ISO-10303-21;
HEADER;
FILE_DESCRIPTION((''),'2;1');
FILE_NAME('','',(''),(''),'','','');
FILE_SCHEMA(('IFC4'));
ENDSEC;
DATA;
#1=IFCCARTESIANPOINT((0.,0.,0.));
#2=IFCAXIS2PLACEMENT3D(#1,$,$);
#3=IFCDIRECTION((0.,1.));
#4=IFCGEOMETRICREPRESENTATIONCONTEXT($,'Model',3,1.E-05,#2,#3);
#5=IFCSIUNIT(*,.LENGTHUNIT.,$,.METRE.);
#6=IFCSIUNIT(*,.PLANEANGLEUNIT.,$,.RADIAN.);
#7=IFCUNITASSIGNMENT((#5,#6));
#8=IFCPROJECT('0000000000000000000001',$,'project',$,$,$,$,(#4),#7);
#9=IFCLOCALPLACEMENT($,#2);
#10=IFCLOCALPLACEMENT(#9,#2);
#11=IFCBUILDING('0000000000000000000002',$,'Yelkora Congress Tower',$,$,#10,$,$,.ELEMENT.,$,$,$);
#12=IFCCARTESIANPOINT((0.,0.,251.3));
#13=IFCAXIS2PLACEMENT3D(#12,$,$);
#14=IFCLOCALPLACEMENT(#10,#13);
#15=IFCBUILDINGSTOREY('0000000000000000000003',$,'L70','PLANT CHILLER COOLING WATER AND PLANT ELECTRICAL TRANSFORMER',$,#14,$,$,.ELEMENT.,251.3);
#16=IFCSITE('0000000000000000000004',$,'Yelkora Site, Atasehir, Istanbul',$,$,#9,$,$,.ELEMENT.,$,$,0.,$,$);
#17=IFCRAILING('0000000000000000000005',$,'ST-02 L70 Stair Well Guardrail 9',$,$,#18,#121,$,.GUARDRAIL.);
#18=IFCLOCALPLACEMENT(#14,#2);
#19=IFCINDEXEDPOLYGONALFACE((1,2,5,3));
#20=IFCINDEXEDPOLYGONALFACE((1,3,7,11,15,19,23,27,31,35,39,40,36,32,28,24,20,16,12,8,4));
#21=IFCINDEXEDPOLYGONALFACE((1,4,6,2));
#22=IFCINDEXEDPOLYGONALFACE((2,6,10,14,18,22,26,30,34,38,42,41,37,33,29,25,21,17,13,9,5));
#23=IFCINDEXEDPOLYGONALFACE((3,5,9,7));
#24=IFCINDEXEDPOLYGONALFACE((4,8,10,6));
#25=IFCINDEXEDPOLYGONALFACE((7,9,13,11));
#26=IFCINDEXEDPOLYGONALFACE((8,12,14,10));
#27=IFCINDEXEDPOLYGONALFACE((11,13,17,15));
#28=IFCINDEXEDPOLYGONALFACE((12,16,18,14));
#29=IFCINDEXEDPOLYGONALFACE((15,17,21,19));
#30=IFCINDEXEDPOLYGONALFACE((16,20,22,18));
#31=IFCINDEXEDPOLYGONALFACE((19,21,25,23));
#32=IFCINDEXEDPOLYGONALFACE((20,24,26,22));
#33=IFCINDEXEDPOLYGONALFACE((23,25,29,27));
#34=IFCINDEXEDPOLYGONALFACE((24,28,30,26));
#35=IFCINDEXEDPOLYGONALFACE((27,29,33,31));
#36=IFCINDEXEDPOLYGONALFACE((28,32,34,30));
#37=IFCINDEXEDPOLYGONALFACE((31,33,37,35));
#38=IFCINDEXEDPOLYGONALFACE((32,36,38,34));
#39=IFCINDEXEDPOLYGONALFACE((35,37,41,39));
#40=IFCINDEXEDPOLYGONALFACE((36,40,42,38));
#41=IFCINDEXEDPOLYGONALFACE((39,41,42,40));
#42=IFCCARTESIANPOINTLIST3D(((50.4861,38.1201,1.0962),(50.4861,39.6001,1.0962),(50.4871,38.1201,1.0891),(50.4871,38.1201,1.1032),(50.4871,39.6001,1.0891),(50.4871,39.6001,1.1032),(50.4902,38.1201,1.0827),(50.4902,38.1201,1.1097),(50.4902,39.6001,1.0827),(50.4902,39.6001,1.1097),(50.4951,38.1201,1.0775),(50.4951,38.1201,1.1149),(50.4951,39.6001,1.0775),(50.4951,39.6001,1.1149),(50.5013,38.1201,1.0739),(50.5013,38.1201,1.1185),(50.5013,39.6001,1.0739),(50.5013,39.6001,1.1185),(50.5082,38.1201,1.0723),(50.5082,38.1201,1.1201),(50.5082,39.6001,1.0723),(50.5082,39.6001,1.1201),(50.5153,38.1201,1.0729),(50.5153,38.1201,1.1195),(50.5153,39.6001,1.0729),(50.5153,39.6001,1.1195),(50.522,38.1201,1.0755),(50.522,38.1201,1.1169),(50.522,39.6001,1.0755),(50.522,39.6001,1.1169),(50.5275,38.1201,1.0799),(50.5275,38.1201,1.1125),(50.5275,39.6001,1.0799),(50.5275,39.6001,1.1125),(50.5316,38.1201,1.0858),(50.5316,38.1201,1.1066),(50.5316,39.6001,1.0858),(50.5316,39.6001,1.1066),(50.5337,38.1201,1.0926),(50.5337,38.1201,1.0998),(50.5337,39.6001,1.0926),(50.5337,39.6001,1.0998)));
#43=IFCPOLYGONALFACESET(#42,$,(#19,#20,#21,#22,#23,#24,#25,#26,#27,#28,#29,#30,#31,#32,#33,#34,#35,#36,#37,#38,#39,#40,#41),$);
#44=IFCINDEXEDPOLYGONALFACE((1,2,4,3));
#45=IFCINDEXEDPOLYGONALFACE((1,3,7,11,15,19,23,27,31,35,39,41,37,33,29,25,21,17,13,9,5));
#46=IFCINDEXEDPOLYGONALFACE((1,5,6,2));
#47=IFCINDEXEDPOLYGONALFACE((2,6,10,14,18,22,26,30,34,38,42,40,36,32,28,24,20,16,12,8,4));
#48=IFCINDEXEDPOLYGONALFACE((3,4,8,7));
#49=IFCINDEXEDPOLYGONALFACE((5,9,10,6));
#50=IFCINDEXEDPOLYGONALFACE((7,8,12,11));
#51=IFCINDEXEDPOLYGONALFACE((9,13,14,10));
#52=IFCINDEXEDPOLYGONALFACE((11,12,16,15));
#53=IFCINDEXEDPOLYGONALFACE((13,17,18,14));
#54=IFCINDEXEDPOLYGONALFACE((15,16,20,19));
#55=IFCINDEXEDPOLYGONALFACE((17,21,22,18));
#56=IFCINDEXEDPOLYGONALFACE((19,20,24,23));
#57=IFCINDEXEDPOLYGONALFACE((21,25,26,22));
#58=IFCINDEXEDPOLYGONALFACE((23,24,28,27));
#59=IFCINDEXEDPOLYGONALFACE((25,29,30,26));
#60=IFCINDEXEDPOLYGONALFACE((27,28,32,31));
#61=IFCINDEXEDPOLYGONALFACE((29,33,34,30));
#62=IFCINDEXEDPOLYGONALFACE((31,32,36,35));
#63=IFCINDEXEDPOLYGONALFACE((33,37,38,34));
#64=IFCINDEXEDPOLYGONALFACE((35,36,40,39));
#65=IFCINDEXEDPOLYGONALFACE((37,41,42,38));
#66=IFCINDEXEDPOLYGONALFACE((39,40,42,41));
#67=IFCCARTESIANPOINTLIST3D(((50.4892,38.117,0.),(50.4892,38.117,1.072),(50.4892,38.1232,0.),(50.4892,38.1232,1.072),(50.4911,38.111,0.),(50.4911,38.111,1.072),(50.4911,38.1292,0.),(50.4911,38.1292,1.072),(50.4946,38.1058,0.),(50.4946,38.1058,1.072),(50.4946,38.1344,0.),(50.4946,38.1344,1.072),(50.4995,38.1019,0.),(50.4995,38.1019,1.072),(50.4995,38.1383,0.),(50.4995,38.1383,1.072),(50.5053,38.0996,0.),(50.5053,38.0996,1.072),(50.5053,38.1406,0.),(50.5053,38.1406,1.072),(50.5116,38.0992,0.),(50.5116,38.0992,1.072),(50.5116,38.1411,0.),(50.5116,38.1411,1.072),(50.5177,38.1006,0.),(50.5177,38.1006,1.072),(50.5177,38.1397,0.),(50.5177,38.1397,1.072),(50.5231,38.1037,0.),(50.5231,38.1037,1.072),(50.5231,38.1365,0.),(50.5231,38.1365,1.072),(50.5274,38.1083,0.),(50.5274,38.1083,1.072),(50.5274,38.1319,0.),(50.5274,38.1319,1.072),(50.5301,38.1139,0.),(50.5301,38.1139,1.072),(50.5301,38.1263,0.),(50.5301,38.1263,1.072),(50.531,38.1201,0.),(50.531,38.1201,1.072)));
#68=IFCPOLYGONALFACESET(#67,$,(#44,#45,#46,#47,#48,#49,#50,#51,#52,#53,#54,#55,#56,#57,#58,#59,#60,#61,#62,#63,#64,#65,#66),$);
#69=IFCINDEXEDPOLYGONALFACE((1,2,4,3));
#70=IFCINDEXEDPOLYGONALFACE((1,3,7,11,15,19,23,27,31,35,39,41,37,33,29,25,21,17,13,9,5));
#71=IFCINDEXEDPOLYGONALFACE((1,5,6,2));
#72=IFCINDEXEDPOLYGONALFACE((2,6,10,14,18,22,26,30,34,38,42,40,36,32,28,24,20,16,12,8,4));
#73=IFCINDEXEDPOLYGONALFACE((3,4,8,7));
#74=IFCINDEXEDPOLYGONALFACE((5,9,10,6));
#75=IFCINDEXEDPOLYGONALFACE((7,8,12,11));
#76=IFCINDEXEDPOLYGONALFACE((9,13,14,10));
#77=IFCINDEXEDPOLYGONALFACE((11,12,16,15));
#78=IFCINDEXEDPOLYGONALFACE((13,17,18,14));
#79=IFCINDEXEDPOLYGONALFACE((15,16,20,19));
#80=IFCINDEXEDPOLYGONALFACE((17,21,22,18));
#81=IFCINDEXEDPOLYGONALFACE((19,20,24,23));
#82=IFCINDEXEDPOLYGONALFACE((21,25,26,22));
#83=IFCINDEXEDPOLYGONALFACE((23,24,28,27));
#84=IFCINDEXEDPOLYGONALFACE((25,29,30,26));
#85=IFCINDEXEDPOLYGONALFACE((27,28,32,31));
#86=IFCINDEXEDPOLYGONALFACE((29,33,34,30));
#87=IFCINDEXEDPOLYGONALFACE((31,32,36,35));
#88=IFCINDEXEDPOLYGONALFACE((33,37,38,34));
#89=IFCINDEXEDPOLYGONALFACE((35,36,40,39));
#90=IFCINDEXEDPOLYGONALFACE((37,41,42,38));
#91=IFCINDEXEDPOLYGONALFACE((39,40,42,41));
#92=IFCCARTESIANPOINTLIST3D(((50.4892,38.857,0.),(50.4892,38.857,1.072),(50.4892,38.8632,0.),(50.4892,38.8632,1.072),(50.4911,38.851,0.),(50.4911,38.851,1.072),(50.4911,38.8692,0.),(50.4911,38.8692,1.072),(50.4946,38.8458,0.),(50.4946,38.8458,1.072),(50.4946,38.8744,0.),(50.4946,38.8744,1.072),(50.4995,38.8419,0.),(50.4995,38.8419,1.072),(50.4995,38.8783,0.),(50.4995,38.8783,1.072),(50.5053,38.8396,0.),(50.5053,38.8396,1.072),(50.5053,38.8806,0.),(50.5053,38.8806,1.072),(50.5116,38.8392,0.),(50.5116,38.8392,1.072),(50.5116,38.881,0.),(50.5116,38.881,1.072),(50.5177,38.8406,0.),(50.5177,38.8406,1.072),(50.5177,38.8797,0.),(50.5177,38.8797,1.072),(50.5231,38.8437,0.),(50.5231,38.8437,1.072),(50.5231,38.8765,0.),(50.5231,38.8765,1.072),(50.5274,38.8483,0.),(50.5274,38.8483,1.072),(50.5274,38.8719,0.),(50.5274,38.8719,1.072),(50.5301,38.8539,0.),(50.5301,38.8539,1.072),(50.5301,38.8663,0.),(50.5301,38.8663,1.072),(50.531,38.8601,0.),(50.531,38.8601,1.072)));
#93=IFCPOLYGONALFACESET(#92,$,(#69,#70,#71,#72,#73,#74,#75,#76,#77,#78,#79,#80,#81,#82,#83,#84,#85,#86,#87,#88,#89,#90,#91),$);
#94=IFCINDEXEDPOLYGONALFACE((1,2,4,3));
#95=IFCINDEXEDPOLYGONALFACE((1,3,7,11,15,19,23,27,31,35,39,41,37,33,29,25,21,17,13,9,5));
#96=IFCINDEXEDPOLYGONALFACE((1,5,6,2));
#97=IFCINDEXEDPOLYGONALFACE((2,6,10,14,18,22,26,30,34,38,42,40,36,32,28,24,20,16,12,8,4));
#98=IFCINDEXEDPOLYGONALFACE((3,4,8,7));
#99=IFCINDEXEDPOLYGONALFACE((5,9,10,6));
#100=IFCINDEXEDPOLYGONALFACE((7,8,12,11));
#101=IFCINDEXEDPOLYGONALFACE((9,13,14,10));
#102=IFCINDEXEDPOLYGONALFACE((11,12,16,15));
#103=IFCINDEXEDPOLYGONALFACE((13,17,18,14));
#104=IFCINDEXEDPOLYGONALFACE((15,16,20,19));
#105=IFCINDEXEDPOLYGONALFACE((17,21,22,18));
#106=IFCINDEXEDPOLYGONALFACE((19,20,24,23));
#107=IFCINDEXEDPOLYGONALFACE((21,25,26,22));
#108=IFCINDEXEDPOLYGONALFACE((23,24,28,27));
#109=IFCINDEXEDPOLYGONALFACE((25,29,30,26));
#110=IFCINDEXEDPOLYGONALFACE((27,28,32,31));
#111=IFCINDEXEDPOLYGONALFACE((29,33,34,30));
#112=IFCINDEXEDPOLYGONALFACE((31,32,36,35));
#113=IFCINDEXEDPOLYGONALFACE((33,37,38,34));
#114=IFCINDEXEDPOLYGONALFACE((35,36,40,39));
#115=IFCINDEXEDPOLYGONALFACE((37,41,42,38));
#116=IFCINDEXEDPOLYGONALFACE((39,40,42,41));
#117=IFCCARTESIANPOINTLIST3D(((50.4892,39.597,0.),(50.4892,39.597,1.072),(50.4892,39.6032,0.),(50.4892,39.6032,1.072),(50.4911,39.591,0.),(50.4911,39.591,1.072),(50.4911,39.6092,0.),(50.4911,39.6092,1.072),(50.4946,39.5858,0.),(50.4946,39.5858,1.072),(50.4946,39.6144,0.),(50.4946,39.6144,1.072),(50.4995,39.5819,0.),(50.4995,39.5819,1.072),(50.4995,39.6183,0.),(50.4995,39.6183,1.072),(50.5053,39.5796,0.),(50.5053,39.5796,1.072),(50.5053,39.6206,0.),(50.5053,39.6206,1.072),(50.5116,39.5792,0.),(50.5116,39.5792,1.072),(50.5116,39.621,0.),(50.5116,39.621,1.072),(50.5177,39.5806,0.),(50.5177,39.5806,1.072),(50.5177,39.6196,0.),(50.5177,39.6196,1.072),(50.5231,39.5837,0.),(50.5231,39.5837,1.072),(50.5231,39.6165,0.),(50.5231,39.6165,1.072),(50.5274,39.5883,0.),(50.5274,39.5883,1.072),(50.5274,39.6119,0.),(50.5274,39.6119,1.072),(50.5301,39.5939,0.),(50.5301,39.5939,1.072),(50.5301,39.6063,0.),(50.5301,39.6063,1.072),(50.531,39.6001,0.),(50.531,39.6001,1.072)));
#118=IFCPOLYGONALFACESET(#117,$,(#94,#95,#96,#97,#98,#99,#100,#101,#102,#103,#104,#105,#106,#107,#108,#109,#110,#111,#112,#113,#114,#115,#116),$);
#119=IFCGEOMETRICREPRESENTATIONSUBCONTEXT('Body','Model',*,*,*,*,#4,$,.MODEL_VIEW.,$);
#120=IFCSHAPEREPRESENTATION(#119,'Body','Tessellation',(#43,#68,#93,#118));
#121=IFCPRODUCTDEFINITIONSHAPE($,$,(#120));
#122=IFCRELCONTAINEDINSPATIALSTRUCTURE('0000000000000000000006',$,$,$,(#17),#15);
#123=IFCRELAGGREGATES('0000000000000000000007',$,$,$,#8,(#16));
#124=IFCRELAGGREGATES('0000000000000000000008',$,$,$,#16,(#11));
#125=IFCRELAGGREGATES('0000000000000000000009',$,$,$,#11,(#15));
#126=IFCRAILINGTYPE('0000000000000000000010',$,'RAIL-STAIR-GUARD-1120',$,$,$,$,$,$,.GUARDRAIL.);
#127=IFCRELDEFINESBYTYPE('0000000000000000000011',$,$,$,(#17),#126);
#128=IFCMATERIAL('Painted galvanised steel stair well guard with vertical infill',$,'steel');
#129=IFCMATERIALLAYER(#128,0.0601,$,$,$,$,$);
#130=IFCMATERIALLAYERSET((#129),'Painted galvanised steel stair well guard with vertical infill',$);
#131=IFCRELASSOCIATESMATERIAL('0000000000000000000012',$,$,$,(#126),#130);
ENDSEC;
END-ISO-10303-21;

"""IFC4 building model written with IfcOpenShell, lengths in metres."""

from ifc_helpers import new_model, si_unit, direction, frame, origin, origin_2d, place, context, subcontext, project, spatial, circle, extrude, material, layer, layer_set, type_object, element, save


model = new_model("IFC4")

# Units and contexts
model_context = context("Model", 3, precision=1e-05, world=origin(), true_north=direction((0.0, 1.0)))
body_context = subcontext(model_context, "Body", "Model", "MODEL_VIEW")
ifc_project = project(units=[si_unit("LENGTHUNIT", "METRE"), si_unit("PLANEANGLEUNIT", "RADIAN")], contexts=[model_context])

# Site, building, storey
site_placement = place(None, origin())
site = spatial("IfcSite", under=ifc_project, at=site_placement, Name="Yelkora Site, Atasehir, Istanbul", CompositionType="ELEMENT", RefElevation=0.0)
building_placement = place(site_placement, origin())
building = spatial("IfcBuilding", under=site, at=building_placement, Name="Yelkora Congress Tower", CompositionType="ELEMENT")
storey_placement = place(building_placement, frame((0.0, 0.0, 251.3)))
storey = spatial("IfcBuildingStorey", under=building, at=storey_placement, Name="L70", Description="PLANT CHILLER COOLING WATER AND PLANT ELECTRICAL TRANSFORMER", CompositionType="ELEMENT", Elevation=251.3)

# Railing
ifc_material_1 = material(Name="Painted galvanised steel stair well guard with vertical infill", Category="steel")
ifc_layer_1 = layer(ifc_material_1, 0.0601)
ifc_layer_set_1 = layer_set([ifc_layer_1], Name="Painted galvanised steel stair well guard with vertical infill")
railing_type_1 = type_object("IfcRailingType", Name="RAIL-STAIR-GUARD-1120", PredefinedType="GUARDRAIL", material=ifc_layer_set_1)
railing_1_placement = place(storey_placement, frame((50.51, 38.1201, 0.0)))
element("IfcRailing", 1, at=railing_1_placement, inside=storey, type_object=railing_type_1, Name="ST-02 L70 Stair Well Guardrail 9", PredefinedType="GUARDRAIL", context=body_context, shape_type="SweptSolid", body=[
    extrude(circle(Radius=0.0239, at=origin_2d()), frame((0.0, 0.0, 1.0962), z_axis=(0.0, 1.0, 0.0), x_axis=(-1.0, 0.0, 0.0)), (0.0, 0.0, 1.0), 1.48),
    extrude(circle(Radius=0.021, at=origin_2d()), origin(), (0.0, 0.0, 1.0), 1.072),
    extrude(circle(Radius=0.021, at=origin_2d()), frame((0.0, 0.74, 0.0)), (0.0, 0.0, 1.0), 1.072),
    extrude(circle(Radius=0.021, at=origin_2d()), frame((0.0, 1.48, 0.0)), (0.0, 0.0, 1.0), 1.072),
])

save(model, "model.ifc")
